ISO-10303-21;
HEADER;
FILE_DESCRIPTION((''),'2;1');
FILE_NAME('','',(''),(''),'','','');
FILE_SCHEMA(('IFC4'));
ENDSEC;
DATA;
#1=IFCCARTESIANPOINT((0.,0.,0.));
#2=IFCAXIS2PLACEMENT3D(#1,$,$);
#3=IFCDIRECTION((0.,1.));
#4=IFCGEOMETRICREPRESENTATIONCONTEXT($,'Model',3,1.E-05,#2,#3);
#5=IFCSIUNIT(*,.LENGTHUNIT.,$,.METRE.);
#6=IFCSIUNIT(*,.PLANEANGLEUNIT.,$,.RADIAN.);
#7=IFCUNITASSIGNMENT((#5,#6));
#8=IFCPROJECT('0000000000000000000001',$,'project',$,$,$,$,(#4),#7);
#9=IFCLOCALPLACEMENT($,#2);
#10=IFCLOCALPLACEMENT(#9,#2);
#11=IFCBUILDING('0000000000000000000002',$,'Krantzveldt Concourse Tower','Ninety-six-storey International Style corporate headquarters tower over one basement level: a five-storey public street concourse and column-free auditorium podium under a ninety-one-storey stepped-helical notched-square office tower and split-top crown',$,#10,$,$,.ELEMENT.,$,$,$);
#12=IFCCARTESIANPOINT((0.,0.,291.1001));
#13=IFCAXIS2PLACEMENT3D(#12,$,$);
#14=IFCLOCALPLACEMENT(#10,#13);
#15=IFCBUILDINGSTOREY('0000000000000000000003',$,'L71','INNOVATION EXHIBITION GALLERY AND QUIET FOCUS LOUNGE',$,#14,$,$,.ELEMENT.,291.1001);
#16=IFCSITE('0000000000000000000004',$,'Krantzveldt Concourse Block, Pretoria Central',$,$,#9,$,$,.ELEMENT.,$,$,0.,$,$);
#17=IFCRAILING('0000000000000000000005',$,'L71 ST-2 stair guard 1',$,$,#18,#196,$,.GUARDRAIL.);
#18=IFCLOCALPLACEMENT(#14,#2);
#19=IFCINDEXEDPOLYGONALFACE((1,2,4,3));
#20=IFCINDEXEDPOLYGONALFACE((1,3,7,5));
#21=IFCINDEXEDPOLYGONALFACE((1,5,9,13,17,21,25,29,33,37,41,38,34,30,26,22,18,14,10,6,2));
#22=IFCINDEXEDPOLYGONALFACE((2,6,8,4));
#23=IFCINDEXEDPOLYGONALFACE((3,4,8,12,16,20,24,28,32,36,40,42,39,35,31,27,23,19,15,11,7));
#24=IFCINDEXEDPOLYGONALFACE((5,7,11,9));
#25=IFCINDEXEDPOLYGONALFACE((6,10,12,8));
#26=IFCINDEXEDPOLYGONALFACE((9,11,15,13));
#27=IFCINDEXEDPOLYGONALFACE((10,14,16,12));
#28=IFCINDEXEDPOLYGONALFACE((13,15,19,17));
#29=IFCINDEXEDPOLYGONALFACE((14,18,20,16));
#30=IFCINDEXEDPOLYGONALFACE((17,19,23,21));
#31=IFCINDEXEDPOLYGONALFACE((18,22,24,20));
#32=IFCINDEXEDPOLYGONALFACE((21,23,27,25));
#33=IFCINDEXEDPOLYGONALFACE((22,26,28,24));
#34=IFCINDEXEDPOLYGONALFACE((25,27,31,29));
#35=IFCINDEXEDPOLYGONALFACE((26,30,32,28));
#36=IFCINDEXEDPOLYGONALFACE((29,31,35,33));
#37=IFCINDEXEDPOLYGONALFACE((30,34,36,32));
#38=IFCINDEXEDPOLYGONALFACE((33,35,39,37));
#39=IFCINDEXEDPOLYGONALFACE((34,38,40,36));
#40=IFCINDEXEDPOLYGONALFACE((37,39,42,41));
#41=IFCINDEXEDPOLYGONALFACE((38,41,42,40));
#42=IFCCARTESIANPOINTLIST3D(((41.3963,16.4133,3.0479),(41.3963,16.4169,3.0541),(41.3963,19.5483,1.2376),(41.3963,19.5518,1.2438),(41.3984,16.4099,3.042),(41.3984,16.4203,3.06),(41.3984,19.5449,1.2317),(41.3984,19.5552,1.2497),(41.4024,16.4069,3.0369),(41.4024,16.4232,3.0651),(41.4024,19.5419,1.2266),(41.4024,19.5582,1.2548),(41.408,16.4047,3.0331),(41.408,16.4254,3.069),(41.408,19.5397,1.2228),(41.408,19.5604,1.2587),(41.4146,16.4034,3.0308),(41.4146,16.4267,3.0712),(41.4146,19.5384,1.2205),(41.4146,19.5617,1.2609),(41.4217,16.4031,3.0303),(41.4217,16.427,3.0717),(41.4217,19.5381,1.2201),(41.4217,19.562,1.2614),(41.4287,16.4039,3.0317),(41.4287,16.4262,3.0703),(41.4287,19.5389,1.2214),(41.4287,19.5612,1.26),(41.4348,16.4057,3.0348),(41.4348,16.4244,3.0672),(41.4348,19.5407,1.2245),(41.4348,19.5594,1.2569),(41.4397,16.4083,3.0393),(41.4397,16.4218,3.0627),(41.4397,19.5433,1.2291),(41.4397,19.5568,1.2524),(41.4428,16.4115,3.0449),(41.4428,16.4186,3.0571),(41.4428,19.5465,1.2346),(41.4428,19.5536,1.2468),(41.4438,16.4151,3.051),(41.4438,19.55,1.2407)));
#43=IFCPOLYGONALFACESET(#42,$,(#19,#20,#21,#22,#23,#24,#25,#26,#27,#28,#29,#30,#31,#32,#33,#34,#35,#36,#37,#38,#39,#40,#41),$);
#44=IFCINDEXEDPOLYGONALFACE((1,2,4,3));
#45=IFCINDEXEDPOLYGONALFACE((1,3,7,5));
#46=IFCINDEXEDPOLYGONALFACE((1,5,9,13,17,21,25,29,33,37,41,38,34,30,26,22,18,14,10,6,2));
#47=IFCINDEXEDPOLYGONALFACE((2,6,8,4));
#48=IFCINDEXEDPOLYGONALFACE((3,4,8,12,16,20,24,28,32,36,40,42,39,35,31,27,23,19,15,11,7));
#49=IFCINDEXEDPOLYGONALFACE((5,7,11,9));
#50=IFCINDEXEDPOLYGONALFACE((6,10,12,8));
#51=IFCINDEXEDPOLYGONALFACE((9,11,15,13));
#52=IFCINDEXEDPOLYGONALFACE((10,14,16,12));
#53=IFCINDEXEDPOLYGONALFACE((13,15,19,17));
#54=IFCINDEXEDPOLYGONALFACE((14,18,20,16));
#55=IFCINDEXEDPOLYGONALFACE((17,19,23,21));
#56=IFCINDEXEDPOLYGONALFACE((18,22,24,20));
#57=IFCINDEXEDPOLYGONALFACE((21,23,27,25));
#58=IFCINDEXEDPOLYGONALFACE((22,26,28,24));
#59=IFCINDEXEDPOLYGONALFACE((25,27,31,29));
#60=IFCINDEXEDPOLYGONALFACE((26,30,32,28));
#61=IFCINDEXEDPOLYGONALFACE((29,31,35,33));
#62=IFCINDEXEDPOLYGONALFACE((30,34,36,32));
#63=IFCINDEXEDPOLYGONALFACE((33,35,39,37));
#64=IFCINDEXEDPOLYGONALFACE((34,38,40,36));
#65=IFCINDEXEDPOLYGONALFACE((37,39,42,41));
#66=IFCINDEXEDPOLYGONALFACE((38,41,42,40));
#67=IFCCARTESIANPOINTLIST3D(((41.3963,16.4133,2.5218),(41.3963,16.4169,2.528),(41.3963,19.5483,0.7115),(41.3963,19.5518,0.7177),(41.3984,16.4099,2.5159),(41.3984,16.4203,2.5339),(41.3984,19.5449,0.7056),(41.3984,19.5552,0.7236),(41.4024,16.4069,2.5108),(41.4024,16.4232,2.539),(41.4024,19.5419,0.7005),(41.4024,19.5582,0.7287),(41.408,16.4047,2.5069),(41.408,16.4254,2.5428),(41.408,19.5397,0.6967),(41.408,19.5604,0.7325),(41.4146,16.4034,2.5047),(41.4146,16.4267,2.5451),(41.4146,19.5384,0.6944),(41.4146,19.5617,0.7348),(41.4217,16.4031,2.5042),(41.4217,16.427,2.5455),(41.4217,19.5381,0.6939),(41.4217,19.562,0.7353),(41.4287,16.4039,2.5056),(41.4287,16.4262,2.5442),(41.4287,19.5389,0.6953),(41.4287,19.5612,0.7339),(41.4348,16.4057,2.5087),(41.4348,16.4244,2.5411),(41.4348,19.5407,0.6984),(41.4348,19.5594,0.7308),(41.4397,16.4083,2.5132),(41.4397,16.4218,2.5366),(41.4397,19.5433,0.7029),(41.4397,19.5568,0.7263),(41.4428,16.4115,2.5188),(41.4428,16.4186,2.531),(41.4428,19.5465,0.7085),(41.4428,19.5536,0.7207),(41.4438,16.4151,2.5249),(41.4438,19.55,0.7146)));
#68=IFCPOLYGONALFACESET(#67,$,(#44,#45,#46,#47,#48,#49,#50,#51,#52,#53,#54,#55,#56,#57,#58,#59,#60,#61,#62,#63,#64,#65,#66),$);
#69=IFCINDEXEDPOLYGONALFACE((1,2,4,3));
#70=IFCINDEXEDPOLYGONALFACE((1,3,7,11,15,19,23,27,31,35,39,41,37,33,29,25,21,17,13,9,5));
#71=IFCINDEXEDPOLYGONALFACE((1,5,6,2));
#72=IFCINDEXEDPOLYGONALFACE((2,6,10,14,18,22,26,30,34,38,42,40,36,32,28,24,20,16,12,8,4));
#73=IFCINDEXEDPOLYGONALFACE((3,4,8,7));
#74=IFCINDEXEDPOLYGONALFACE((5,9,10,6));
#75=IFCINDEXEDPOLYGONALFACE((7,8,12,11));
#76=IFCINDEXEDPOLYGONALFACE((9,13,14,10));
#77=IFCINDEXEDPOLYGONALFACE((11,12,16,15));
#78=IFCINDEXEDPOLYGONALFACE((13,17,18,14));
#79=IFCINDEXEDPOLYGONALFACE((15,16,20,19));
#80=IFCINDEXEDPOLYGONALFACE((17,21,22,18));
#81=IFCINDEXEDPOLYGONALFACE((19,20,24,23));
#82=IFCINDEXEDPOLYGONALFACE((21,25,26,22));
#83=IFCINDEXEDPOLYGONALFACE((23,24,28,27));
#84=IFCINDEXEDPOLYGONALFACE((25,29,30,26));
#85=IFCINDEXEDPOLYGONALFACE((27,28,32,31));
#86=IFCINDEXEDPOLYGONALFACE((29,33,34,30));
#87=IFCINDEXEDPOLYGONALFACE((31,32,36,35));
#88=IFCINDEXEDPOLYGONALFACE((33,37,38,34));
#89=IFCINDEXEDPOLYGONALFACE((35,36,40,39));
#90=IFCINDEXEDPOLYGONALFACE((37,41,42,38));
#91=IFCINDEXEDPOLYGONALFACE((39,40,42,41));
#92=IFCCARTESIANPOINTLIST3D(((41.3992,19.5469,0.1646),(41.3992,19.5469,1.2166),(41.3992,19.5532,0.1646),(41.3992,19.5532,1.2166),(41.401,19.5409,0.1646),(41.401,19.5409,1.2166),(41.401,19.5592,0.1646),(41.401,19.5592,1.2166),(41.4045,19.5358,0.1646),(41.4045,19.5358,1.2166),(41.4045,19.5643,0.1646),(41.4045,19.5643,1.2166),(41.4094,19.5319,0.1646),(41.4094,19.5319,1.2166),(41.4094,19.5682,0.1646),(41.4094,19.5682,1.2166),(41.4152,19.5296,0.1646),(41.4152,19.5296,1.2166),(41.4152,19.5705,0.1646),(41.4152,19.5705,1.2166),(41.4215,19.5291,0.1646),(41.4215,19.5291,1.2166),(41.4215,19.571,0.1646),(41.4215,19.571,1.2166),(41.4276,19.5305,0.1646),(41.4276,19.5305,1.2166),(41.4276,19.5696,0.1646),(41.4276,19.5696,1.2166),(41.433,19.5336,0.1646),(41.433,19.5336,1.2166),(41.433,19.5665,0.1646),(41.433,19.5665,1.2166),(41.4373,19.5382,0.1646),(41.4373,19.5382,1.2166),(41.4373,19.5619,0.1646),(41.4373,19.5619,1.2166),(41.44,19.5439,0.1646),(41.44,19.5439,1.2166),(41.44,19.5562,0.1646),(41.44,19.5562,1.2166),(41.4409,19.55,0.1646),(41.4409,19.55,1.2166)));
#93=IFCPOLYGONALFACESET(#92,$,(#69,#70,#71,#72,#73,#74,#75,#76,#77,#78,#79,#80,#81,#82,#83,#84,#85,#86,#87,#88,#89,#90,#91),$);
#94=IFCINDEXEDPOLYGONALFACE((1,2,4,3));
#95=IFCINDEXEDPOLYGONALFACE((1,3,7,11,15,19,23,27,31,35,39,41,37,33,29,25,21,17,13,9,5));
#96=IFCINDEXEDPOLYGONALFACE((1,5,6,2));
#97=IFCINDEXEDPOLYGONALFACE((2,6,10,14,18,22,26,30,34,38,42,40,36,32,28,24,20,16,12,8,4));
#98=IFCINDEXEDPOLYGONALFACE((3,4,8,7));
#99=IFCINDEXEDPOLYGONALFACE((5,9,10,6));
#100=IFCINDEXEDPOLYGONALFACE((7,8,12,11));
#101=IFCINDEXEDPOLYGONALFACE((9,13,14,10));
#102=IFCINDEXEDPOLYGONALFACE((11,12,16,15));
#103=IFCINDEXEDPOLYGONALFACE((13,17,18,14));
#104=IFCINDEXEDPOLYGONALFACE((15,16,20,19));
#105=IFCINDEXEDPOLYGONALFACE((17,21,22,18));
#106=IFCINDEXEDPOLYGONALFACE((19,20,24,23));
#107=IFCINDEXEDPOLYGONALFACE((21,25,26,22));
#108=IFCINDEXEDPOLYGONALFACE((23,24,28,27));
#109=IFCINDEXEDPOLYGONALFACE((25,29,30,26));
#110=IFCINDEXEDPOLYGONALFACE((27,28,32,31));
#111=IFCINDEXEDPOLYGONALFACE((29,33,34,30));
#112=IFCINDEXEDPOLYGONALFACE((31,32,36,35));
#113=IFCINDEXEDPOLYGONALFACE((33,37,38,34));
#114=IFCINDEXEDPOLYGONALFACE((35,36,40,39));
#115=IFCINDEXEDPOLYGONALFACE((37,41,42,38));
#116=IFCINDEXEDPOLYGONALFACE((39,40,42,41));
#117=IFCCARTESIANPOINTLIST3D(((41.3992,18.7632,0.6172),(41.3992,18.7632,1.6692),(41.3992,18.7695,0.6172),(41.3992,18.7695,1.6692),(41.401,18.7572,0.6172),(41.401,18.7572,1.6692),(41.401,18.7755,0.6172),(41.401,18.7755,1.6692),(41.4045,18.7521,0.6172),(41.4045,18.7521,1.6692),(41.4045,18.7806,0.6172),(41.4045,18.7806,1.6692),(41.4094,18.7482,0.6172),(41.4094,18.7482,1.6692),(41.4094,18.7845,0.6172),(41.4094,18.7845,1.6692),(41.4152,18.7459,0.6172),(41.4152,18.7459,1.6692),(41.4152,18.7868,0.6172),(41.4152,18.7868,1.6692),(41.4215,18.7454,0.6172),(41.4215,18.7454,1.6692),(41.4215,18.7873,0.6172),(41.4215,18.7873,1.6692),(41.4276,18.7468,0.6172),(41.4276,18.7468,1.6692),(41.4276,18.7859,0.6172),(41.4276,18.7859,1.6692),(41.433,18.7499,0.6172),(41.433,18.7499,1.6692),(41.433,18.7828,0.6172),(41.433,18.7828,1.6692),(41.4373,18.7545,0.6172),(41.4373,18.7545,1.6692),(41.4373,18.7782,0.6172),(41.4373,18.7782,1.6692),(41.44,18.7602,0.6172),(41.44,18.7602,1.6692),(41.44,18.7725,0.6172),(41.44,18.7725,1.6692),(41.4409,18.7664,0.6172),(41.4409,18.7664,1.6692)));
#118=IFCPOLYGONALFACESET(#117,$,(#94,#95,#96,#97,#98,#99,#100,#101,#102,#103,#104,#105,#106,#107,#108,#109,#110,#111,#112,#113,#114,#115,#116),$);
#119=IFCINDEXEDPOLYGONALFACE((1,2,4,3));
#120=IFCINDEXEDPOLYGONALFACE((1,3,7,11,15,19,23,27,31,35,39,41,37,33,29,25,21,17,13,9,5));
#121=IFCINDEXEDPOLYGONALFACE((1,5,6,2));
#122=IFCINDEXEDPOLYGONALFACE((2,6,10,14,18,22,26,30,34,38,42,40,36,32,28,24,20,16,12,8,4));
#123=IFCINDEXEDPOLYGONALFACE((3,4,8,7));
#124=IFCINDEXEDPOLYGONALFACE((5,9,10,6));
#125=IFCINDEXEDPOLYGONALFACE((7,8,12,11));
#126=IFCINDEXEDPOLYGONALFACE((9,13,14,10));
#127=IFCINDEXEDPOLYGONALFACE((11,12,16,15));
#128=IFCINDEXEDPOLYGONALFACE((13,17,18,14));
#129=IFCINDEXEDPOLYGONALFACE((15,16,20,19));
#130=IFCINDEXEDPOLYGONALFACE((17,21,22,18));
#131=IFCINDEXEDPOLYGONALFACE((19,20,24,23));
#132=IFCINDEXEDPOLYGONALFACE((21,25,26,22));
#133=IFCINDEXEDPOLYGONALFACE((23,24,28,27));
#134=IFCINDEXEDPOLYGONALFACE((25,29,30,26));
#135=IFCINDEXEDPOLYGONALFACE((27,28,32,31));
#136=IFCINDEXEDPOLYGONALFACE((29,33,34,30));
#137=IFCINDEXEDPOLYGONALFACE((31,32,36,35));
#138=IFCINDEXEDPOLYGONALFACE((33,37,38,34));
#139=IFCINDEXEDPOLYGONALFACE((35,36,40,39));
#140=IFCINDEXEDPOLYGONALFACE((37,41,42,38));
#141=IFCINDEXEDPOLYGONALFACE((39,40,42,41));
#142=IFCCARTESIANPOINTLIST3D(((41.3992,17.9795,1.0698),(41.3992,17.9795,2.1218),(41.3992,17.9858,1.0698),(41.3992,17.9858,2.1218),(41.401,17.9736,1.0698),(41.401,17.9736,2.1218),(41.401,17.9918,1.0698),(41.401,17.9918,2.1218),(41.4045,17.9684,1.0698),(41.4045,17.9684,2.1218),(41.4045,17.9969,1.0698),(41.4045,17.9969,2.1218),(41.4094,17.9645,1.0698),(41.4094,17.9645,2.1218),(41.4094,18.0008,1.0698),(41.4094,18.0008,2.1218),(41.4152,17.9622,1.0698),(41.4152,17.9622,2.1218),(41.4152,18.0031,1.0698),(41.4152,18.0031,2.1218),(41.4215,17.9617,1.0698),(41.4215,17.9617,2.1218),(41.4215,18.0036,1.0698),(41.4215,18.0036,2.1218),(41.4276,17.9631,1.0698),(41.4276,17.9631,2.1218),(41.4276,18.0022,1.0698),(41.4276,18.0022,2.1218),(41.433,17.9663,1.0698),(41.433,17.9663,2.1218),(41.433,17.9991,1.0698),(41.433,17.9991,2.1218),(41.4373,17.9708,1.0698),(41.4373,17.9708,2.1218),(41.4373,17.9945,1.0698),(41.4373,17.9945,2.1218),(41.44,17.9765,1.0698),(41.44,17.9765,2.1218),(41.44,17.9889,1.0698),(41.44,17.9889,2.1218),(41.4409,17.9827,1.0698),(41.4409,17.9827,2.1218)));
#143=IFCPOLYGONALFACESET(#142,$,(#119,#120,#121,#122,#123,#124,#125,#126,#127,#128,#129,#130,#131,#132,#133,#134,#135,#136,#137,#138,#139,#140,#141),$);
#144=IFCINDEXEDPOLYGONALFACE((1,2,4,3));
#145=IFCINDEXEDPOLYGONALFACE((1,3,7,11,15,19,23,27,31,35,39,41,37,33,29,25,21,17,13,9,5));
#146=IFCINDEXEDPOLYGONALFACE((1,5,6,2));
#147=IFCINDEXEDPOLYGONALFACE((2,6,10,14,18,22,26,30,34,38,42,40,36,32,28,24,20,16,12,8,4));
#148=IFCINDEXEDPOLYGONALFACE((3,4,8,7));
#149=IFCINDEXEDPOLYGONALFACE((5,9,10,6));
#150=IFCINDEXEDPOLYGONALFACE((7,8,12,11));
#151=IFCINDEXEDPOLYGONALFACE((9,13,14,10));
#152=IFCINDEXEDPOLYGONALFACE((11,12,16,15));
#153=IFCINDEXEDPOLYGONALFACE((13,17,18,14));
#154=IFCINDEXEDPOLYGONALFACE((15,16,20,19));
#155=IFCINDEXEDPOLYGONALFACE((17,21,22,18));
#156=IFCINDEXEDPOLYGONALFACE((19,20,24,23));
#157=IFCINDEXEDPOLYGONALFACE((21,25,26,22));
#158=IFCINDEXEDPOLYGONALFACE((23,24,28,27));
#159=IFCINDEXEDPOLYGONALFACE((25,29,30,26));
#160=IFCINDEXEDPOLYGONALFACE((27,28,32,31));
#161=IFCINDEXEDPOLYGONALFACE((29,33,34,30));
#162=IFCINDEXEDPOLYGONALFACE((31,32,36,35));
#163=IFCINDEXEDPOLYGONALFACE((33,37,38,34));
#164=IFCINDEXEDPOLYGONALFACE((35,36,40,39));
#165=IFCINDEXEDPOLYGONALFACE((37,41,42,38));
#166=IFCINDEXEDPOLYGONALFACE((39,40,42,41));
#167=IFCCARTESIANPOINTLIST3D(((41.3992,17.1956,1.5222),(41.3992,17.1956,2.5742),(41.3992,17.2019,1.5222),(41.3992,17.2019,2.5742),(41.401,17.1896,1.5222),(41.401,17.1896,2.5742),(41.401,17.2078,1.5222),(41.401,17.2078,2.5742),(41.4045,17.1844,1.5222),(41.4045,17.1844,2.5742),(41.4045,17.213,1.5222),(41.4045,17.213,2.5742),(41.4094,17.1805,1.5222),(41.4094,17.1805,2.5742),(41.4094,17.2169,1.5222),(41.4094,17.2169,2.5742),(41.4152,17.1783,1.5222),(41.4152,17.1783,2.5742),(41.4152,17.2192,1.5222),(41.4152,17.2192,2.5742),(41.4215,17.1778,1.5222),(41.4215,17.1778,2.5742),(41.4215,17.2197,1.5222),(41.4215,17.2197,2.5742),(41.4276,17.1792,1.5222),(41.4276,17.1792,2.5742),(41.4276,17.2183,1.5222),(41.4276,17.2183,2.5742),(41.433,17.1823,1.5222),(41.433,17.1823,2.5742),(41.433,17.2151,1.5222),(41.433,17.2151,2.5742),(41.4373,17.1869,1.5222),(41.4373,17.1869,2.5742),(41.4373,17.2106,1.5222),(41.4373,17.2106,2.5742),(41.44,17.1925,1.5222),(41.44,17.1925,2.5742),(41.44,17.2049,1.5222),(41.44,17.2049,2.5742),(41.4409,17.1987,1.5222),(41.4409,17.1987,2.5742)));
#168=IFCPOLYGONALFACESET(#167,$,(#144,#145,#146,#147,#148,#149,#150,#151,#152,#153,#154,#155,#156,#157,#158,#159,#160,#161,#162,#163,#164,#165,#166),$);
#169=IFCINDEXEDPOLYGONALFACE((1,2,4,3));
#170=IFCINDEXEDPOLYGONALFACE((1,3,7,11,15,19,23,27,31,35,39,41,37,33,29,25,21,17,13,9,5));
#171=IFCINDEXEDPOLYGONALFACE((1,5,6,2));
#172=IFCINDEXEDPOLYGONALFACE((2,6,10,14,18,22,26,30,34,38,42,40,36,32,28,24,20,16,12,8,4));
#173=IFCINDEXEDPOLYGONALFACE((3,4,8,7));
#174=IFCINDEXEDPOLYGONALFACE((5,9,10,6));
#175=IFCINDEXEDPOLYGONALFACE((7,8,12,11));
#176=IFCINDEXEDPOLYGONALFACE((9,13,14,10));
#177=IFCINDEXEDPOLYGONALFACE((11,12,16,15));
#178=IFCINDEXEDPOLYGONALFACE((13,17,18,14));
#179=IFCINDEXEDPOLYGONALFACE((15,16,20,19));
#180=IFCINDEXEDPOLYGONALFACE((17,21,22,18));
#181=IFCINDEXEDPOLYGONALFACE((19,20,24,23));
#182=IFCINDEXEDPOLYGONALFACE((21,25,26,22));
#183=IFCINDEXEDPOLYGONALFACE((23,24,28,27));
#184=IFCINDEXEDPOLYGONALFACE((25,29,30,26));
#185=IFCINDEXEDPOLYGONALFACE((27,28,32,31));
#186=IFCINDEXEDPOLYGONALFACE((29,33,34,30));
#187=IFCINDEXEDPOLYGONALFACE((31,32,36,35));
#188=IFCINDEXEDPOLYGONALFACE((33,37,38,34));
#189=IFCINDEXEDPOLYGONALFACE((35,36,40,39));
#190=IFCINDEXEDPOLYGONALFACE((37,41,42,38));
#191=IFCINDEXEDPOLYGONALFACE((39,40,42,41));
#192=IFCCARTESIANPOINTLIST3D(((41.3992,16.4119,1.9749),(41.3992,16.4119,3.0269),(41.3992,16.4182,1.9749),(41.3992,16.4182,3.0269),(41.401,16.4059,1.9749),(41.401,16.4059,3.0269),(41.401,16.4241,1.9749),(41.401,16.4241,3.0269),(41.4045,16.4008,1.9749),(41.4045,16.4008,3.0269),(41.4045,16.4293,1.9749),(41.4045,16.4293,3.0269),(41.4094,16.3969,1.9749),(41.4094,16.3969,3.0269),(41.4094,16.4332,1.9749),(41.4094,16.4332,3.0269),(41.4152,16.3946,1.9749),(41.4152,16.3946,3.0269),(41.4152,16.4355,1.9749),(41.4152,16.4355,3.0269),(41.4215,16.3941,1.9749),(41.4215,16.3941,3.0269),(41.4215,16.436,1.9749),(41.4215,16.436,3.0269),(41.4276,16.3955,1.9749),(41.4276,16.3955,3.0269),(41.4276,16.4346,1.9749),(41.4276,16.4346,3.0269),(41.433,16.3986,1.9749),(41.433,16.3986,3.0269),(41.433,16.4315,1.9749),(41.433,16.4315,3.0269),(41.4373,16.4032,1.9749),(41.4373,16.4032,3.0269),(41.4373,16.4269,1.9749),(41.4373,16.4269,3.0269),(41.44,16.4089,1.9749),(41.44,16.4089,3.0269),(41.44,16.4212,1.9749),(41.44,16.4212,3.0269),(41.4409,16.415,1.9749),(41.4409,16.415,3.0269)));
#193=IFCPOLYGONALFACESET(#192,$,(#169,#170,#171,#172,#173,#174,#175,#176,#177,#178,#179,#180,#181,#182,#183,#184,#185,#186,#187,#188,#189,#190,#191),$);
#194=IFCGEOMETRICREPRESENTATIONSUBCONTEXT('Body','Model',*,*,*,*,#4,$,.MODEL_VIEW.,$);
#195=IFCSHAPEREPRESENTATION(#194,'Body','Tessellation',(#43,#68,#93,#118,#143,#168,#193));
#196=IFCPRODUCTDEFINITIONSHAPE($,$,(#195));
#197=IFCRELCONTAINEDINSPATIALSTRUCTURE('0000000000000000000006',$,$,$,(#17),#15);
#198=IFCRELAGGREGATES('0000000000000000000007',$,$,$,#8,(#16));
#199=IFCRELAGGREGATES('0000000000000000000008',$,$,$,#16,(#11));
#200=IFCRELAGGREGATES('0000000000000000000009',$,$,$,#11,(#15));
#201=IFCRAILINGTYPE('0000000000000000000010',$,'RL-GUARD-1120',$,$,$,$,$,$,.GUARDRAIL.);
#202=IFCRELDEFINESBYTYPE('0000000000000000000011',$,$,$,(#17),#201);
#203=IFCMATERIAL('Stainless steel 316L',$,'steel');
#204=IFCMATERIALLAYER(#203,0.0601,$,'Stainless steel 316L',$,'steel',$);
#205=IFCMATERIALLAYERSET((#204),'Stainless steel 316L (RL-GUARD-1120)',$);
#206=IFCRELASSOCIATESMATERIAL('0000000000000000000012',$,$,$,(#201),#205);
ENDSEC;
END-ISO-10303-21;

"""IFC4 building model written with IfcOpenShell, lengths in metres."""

from ifc_helpers import new_model, si_unit, direction, frame, origin, origin_2d, place, context, subcontext, project, spatial, circle, extrude, material, layer, layer_set, type_object, element, save


model = new_model("IFC4")

# Units and contexts
model_context = context("Model", 3, precision=1e-05, world=origin(), true_north=direction((0.0, 1.0)))
body_context = subcontext(model_context, "Body", "Model", "MODEL_VIEW")
ifc_project = project(units=[si_unit("LENGTHUNIT", "METRE"), si_unit("PLANEANGLEUNIT", "RADIAN")], contexts=[model_context])

# Site, building, storey
site_placement = place(None, origin())
site = spatial("IfcSite", under=ifc_project, at=site_placement, Name="Krantzveldt Concourse Block, Pretoria Central", CompositionType="ELEMENT", RefElevation=0.0)
building_placement = place(site_placement, origin())
building = spatial("IfcBuilding", under=site, at=building_placement, Name="Krantzveldt Concourse Tower", Description="Ninety-six-storey International Style corporate headquarters tower over one basement level: a five-storey public street concourse and column-free auditorium podium under a ninety-one-storey stepped-helical notched-square office tower and split-top crown", CompositionType="ELEMENT")
storey_placement = place(building_placement, frame((0.0, 0.0, 291.1001)))
storey = spatial("IfcBuildingStorey", under=building, at=storey_placement, Name="L71", Description="INNOVATION EXHIBITION GALLERY AND QUIET FOCUS LOUNGE", CompositionType="ELEMENT", Elevation=291.1001)

# Shared definitions
ifc_material_1 = material(Name="Stainless steel 316L", Category="steel")

# Railing
ifc_layer_1 = layer(ifc_material_1, 0.0601, Name="Stainless steel 316L", Category="steel")
ifc_layer_set_1 = layer_set([ifc_layer_1], Name="Stainless steel 316L (RL-GUARD-1120)")
railing_type_1 = type_object("IfcRailingType", Name="RL-GUARD-1120", PredefinedType="GUARDRAIL", material=ifc_layer_set_1)
railing_1_placement = place(storey_placement, frame((41.4199, 19.55, 0.1646)))
element("IfcRailing", 1, at=railing_1_placement, inside=storey, type_object=railing_type_1, Name="L71 ST-2 stair guard 1", PredefinedType="GUARDRAIL", context=body_context, shape_type="SweptSolid", body=[
    extrude(circle(Radius=0.0239, at=origin_2d()), frame((0.0, 0.0, 1.0762), z_axis=(0.0, -0.865989, 0.500063), x_axis=(1.0, 0.0, 0.0)), (0.0, 0.0, 1.0), 3.6201),
    extrude(circle(Radius=0.0239, at=origin_2d()), frame((0.0, 0.0, 0.55), z_axis=(0.0, -0.865989, 0.500063), x_axis=(1.0, 0.0, 0.0)), (0.0, 0.0, 1.0), 3.6201),
    extrude(circle(Radius=0.021, at=origin_2d()), origin(), (0.0, 0.0, 1.0), 1.052),
    extrude(circle(Radius=0.021, at=origin_2d()), frame((0.0, -0.7837, 0.4526)), (0.0, 0.0, 1.0), 1.052),
    extrude(circle(Radius=0.021, at=origin_2d()), frame((0.0, -1.5674, 0.9053)), (0.0, 0.0, 1.0), 1.052),
    extrude(circle(Radius=0.021, at=origin_2d()), frame((0.0, -2.3513, 1.3577)), (0.0, 0.0, 1.0), 1.052),
    extrude(circle(Radius=0.021, at=origin_2d()), frame((0.0, -3.135, 1.8103)), (0.0, 0.0, 1.0), 1.052),
])

save(model, "model.ifc")
